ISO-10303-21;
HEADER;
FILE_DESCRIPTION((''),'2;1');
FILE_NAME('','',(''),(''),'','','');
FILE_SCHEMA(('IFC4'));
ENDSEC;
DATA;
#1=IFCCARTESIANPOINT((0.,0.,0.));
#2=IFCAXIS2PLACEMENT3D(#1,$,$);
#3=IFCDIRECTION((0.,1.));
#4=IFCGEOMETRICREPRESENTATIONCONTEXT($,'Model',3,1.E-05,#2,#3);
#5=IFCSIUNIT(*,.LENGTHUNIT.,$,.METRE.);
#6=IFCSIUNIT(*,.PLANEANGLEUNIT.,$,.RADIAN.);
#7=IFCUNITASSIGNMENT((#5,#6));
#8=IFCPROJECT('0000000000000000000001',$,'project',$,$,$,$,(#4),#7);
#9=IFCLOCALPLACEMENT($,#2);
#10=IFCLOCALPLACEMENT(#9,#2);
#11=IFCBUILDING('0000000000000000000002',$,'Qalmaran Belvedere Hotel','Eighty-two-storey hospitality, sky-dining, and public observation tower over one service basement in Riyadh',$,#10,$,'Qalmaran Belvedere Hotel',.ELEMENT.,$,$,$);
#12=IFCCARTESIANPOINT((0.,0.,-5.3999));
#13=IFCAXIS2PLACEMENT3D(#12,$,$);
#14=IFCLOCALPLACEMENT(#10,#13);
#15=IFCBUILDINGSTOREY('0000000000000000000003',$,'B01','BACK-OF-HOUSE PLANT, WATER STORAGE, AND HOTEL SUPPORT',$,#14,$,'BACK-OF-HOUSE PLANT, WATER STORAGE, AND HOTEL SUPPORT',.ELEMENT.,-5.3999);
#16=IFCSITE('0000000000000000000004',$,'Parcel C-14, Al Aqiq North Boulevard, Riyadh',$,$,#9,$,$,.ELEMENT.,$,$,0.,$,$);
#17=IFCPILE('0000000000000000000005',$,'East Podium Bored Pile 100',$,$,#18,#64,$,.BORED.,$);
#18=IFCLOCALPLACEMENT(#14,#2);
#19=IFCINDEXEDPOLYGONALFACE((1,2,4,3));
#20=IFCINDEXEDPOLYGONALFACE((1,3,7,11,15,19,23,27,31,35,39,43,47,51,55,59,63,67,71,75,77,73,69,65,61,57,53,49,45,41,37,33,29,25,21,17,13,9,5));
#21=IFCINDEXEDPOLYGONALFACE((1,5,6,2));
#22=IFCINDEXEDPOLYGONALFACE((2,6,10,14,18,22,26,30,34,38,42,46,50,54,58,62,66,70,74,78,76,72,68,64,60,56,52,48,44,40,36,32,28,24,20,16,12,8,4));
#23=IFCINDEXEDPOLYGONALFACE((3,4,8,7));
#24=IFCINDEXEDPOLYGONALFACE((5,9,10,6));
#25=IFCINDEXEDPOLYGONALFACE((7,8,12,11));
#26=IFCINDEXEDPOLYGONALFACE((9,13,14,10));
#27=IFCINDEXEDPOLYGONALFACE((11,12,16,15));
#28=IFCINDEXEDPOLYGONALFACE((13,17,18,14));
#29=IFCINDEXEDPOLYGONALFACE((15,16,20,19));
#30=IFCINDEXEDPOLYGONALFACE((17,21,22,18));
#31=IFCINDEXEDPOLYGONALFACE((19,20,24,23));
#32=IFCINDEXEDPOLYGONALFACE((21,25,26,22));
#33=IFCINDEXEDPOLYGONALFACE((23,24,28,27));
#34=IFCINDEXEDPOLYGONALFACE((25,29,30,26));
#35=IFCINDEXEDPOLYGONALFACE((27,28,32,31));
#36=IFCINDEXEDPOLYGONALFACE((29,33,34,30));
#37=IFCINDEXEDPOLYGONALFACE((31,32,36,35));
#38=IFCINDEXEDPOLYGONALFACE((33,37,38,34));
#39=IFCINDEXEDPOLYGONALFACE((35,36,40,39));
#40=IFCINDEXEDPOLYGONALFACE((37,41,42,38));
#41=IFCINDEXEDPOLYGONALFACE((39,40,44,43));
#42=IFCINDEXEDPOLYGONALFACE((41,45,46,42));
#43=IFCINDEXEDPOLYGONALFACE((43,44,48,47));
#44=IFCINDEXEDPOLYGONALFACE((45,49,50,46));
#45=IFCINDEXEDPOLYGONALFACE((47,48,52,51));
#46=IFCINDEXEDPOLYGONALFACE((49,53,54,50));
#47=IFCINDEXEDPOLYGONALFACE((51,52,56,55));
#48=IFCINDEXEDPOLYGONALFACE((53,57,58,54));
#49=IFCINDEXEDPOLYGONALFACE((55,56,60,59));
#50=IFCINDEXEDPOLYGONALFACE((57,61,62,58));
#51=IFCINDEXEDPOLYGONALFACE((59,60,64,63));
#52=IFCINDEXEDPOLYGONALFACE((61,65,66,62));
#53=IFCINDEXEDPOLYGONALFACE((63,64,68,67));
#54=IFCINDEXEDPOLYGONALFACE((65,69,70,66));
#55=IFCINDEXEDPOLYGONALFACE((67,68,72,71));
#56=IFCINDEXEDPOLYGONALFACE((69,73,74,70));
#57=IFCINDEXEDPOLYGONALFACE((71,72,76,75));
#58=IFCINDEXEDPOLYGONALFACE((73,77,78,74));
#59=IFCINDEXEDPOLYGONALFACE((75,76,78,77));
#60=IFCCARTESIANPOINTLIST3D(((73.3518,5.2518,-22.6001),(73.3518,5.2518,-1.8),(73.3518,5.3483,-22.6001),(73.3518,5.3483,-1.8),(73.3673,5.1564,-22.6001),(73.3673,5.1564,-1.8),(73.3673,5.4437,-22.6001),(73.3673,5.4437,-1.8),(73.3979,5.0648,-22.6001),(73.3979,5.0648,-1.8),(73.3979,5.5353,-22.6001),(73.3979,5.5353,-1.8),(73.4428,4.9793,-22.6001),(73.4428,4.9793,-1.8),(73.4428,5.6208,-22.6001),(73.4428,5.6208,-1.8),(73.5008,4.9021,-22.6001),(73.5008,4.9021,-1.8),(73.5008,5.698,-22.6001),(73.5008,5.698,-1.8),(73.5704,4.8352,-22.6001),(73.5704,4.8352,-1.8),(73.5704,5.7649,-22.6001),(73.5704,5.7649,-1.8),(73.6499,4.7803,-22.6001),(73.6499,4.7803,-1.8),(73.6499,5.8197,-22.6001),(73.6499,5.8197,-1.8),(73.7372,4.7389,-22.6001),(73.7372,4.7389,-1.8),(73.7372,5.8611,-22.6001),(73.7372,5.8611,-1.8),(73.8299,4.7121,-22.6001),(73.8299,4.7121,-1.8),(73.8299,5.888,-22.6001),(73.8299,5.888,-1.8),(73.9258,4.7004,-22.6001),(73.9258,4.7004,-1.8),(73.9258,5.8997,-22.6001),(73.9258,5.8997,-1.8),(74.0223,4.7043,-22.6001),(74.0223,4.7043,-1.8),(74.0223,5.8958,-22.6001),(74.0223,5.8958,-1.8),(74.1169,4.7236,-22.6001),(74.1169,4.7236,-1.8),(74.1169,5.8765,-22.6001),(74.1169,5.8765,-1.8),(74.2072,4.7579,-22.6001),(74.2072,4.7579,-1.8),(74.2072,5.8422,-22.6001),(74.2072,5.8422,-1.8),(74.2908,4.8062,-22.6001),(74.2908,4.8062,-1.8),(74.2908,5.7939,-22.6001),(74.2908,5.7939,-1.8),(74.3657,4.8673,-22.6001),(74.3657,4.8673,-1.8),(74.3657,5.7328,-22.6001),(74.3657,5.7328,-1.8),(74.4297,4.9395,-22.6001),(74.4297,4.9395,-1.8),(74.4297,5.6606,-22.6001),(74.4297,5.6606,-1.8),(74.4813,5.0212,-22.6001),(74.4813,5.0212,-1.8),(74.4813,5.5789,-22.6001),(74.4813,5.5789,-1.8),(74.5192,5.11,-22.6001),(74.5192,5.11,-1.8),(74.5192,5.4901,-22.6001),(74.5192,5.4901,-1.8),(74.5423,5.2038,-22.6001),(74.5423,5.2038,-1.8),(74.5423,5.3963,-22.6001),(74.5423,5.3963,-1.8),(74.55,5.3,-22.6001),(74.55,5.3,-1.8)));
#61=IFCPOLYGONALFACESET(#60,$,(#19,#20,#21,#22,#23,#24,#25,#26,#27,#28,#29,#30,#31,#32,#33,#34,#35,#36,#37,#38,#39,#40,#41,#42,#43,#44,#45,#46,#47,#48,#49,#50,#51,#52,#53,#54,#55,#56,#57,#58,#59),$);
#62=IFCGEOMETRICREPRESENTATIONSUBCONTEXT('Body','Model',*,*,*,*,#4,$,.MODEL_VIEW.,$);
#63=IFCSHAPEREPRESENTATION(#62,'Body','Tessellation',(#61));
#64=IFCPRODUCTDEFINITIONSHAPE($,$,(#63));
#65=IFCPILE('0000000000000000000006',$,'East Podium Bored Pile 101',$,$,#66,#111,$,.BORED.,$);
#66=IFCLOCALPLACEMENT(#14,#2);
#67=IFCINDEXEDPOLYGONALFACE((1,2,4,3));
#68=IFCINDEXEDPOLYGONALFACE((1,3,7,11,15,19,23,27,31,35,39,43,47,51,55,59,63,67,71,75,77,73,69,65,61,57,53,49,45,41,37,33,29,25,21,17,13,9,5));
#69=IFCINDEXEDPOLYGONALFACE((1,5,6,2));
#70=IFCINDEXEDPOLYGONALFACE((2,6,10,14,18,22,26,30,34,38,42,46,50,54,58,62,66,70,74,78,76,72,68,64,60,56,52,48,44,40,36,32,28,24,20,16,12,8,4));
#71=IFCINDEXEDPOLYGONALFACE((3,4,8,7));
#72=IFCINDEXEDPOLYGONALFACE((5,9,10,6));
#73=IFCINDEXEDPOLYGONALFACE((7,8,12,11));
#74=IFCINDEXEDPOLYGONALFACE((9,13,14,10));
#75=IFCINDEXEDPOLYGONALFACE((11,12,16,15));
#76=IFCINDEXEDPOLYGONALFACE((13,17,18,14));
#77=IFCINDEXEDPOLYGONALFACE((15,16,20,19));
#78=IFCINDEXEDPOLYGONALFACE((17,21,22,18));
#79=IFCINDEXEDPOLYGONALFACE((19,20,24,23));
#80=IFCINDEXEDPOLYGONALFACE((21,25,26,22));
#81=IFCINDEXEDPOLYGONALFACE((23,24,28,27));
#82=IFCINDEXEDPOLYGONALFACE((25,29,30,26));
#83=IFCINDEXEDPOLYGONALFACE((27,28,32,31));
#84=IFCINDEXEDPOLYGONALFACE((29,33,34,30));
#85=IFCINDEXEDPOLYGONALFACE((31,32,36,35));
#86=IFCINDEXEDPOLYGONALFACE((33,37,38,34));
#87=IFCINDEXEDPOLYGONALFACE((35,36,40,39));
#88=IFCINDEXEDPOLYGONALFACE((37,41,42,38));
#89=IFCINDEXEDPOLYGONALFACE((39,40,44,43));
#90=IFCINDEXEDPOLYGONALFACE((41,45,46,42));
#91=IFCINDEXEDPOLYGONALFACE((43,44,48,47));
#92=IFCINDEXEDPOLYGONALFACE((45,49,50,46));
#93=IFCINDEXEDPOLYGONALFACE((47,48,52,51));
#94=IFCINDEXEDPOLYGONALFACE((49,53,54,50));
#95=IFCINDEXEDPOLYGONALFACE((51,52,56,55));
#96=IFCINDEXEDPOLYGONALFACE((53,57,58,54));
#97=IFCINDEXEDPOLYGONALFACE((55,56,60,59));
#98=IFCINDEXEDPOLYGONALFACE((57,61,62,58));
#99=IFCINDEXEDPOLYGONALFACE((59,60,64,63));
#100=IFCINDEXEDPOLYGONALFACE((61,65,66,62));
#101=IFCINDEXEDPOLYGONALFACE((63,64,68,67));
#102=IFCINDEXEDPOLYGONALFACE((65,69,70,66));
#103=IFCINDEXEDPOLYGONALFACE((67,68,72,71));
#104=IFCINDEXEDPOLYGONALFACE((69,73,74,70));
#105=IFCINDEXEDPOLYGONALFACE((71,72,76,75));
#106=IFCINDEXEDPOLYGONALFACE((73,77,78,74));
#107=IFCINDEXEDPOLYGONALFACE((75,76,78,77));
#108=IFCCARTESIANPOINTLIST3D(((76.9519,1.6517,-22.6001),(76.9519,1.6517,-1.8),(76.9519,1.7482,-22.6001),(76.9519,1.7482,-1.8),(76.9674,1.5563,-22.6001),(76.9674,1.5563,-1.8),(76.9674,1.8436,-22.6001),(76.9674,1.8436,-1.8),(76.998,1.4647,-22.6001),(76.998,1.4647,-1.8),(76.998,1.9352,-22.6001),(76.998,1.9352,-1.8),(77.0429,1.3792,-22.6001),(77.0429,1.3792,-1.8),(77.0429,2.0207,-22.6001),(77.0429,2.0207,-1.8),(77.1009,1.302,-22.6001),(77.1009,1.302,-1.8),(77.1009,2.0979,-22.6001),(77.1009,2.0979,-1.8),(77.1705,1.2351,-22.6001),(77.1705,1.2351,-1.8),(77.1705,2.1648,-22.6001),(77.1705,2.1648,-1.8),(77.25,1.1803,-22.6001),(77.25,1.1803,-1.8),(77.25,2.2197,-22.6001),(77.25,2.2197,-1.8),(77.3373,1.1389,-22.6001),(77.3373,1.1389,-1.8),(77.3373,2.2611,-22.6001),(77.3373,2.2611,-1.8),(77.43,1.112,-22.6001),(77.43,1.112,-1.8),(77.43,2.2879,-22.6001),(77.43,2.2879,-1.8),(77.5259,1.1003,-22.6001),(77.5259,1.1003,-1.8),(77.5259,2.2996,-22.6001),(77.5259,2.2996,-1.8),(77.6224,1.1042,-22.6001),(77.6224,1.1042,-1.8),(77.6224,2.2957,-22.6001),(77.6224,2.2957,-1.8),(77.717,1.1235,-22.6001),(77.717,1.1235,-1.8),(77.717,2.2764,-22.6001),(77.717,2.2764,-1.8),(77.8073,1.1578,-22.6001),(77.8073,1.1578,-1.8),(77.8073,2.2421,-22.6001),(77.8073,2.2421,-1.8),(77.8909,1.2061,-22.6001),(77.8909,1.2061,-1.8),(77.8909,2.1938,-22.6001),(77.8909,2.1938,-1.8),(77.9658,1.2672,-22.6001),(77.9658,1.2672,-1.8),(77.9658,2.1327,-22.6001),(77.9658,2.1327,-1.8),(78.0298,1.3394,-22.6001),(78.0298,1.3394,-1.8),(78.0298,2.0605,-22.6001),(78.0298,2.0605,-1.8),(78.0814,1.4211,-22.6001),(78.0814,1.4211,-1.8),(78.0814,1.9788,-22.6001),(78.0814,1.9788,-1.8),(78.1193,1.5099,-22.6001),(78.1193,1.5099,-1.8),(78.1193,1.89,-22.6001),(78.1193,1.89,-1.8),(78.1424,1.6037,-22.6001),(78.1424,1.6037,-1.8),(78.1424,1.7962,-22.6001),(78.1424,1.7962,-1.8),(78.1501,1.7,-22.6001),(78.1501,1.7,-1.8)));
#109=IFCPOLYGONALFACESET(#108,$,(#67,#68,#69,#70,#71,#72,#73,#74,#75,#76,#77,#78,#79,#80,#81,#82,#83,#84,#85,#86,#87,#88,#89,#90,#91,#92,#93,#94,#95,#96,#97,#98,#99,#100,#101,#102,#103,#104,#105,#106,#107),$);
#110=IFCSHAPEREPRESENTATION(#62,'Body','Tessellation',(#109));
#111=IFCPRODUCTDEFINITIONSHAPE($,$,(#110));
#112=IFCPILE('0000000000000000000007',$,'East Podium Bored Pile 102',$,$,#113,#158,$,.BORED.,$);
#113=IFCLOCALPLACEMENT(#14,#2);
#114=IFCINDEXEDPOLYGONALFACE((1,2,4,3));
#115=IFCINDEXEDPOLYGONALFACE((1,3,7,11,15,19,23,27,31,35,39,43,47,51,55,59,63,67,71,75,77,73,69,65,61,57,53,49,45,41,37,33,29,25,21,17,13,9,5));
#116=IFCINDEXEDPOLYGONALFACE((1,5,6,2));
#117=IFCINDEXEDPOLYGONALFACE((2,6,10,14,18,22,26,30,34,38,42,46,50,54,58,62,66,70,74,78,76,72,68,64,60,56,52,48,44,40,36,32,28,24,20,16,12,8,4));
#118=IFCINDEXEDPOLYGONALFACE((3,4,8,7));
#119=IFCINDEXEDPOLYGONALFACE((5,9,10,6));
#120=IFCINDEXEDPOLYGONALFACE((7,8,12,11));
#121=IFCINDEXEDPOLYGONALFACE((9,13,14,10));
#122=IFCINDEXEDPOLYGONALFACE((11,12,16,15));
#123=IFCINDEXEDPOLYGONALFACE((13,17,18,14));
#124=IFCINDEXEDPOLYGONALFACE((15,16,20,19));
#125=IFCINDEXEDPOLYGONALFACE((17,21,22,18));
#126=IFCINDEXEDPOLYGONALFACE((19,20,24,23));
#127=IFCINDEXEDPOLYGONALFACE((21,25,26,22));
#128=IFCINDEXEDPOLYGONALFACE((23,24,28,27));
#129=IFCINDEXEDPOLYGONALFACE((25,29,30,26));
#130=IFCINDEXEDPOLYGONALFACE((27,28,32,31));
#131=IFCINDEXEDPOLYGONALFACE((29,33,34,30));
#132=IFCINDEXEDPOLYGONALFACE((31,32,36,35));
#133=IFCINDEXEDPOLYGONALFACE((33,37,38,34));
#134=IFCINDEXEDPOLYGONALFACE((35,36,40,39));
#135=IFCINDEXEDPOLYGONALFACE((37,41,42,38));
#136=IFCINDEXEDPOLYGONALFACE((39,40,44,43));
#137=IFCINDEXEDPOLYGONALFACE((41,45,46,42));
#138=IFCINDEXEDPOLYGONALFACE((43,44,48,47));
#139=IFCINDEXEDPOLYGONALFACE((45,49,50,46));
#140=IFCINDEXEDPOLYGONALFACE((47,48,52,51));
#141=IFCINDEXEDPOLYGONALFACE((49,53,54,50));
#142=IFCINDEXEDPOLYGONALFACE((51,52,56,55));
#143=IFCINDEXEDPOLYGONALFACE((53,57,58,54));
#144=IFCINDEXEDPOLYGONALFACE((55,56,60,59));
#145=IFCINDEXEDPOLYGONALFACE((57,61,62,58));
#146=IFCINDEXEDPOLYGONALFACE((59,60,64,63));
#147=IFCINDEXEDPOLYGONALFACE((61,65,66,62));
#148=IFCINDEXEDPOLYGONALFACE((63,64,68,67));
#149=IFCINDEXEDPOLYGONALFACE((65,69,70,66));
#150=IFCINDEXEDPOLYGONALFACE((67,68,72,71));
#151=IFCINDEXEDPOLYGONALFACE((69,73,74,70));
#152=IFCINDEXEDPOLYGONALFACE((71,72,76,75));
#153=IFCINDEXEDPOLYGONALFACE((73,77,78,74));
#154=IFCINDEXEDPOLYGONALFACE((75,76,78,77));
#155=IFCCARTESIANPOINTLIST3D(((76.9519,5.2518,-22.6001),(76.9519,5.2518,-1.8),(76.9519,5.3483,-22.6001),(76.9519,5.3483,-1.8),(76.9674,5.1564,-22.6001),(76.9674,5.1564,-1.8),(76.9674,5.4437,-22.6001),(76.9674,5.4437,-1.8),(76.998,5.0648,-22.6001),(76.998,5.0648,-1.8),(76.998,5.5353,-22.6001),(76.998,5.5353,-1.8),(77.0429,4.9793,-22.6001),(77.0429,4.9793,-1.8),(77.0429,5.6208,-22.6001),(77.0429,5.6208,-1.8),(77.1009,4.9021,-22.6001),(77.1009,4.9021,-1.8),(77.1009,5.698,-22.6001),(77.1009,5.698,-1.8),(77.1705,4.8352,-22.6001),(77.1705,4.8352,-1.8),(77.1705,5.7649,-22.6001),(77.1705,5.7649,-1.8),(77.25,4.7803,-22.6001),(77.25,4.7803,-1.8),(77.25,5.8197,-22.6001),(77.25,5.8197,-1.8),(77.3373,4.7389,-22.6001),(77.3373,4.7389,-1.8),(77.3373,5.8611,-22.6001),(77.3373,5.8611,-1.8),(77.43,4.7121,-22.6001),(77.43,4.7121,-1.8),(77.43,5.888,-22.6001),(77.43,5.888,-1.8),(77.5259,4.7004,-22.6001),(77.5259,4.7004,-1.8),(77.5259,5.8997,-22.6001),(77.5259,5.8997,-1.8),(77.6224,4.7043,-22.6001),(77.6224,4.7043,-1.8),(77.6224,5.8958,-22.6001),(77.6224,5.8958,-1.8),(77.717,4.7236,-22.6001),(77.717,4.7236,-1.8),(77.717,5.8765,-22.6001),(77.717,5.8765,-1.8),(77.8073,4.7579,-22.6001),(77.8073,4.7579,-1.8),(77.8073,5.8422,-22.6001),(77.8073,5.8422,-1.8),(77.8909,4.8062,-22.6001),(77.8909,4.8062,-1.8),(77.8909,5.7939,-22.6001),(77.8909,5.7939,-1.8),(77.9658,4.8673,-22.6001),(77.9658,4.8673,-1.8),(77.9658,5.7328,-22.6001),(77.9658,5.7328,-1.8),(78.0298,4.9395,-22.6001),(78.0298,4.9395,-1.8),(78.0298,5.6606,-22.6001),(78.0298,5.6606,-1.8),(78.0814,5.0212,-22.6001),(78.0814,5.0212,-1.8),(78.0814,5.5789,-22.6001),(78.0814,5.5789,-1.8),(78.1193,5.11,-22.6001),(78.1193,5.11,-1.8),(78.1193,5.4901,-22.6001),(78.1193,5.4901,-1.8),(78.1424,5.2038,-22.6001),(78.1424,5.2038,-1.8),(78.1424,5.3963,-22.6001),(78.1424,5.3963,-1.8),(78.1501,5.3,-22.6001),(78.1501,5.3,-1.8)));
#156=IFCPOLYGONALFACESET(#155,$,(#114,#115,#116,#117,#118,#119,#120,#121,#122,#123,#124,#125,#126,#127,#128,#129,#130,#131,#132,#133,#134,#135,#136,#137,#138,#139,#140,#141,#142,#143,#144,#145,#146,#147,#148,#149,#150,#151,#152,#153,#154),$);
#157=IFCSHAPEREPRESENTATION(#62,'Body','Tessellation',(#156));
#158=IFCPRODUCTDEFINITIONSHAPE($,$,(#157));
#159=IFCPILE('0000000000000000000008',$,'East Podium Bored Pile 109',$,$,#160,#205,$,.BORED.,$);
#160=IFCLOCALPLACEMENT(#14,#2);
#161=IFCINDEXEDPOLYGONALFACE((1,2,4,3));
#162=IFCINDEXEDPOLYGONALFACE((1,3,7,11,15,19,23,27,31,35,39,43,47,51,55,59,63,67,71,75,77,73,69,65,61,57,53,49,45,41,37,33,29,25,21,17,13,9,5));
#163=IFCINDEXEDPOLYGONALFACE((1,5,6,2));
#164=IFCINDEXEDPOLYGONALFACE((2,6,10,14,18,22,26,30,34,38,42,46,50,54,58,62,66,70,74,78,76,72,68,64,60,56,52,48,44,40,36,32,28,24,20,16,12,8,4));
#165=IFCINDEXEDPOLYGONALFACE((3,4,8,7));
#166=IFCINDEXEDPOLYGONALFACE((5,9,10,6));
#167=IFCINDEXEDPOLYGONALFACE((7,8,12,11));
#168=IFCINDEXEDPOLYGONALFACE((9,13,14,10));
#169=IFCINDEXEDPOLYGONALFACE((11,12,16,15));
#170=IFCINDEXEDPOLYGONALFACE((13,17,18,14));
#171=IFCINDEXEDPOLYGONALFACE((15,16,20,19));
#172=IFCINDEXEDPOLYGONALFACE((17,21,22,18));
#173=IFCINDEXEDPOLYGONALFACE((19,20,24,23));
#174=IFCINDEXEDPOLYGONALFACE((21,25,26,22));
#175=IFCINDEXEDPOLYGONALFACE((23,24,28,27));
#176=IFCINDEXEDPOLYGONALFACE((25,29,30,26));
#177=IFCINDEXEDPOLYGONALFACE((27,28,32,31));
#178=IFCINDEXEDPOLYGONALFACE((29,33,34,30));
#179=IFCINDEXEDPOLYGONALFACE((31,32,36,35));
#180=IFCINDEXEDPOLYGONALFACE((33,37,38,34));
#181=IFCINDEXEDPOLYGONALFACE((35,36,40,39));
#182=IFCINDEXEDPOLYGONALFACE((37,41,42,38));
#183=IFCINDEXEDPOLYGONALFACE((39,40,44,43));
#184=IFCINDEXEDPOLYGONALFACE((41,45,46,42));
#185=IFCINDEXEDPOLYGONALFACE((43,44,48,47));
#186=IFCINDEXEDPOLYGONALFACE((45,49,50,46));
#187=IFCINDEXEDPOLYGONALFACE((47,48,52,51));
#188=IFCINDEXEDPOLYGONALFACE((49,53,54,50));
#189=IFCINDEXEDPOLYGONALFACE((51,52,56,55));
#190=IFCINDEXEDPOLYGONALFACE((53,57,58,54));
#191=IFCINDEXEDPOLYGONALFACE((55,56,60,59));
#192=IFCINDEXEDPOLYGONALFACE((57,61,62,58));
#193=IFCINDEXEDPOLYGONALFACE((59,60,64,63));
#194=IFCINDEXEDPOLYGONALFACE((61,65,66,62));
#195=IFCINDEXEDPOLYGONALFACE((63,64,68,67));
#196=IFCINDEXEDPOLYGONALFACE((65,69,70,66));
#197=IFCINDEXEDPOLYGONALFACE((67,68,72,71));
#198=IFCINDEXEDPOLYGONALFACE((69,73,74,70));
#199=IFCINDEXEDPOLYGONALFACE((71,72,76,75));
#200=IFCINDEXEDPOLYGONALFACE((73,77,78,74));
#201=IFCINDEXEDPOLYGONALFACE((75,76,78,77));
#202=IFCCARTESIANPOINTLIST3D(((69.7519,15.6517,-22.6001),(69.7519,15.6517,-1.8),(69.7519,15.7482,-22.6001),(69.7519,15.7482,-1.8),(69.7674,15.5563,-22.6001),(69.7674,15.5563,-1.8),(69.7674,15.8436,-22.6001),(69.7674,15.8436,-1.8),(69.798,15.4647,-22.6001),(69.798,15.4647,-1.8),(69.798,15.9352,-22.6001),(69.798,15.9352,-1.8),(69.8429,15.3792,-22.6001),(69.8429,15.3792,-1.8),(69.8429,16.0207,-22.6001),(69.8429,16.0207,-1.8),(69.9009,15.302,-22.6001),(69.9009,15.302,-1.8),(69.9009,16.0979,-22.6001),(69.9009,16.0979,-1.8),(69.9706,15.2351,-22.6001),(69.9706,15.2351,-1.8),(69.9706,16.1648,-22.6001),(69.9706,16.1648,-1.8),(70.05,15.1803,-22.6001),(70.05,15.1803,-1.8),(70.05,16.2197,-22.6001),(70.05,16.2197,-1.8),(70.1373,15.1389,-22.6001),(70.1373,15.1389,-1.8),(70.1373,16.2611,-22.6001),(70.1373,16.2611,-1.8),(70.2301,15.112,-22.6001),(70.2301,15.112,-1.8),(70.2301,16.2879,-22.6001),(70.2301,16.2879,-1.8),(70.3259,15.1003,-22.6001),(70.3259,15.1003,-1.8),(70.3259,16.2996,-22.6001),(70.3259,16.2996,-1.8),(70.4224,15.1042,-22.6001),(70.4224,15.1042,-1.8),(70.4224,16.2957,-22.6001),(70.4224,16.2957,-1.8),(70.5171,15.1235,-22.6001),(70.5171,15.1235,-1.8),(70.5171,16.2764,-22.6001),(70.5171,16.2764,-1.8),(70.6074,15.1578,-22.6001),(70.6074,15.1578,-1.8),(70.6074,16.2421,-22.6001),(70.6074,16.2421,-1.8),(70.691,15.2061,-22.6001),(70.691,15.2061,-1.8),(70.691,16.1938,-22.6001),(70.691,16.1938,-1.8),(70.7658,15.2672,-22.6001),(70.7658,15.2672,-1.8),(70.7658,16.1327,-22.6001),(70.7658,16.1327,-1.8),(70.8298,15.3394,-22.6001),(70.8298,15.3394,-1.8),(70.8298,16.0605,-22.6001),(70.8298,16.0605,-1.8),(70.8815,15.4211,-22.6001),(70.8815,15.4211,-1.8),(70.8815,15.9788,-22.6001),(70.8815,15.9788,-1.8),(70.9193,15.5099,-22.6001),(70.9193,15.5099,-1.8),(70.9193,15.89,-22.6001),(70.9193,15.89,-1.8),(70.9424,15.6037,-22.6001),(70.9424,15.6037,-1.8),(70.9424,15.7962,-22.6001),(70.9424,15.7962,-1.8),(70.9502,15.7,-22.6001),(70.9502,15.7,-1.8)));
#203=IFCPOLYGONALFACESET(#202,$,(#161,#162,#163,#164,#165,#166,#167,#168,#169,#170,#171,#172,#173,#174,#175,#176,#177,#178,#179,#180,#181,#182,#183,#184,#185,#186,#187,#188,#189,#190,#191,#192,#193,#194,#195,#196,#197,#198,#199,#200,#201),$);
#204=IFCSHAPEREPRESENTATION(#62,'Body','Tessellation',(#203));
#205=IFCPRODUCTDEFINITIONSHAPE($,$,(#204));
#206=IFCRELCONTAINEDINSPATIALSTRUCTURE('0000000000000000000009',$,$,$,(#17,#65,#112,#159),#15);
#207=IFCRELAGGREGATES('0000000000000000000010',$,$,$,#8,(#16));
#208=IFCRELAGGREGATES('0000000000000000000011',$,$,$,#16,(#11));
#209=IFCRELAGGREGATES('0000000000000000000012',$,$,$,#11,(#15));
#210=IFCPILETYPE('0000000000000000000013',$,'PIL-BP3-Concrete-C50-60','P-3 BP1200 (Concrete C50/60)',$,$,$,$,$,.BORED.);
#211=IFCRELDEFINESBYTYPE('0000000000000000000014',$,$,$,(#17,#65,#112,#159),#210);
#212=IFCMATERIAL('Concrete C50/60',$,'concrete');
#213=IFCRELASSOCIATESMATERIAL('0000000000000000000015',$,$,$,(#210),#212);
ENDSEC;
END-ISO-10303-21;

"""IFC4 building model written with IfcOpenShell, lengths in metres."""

from ifc_helpers import new_model, si_unit, direction, frame, origin, origin_2d, place, context, subcontext, project, spatial, circle, extrude, material, material_profile, profile_set, type_object, element, save


model = new_model("IFC4")

# Units and contexts
model_context = context("Model", 3, precision=1e-05, world=origin(), true_north=direction((0.0, 1.0)))
body_context = subcontext(model_context, "Body", "Model", "MODEL_VIEW")
ifc_project = project(units=[si_unit("LENGTHUNIT", "METRE"), si_unit("PLANEANGLEUNIT", "RADIAN")], contexts=[model_context])

# Site, building, storey
site_placement = place(None, origin())
site = spatial("IfcSite", under=ifc_project, at=site_placement, Name="Parcel C-14, Al Aqiq North Boulevard, Riyadh", CompositionType="ELEMENT", RefElevation=0.0)
building_placement = place(site_placement, origin())
building = spatial("IfcBuilding", under=site, at=building_placement, Name="Qalmaran Belvedere Hotel", Description="Eighty-two-storey hospitality, sky-dining, and public observation tower over one service basement in Riyadh", LongName="Qalmaran Belvedere Hotel", CompositionType="ELEMENT")
storey_placement = place(building_placement, frame((0.0, 0.0, -5.3999)))
storey = spatial("IfcBuildingStorey", under=building, at=storey_placement, Name="B01", Description="BACK-OF-HOUSE PLANT, WATER STORAGE, AND HOTEL SUPPORT", LongName="BACK-OF-HOUSE PLANT, WATER STORAGE, AND HOTEL SUPPORT", CompositionType="ELEMENT", Elevation=-5.3999)

# Shared definitions
ifc_material_1 = material(Name="Concrete C50/60", Category="concrete")

# Piles
ifc_material_profile_1 = material_profile(ifc_material_1, circle(Radius=0.6001, at=origin_2d()), Name="BP1200")
ifc_profile_set_1 = profile_set([ifc_material_profile_1], Name="Concrete C50/60")
pile_type = type_object("IfcPileType", Name="PIL-BP3-Concrete-C50-60", Description="P-3 BP1200 (Concrete C50/60)", PredefinedType="BORED", material=ifc_profile_set_1)
for number, where, z_axis, x_axis, name in (
    (1, (73.95, 5.3, -1.8), (0.0, 0.0, -1.0), (1.0, 0.0, 0.0), "East Podium Bored Pile 100"),
    (2, (77.55, 1.7, -1.8), (0.0, 0.0, -1.0), (1.0, 0.0, 0.0), "East Podium Bored Pile 101"),
    (3, (77.55, 5.3, -1.8), (0.0, 0.0, -1.0), (1.0, 0.0, 0.0), "East Podium Bored Pile 102"),
    (4, (70.3501, 15.7, -1.8), (0.0, 0.0, -1.0), (1.0, 0.0, 0.0), "East Podium Bored Pile 109"),
):
    element("IfcPile", number, at=place(storey_placement, frame(where, z_axis=z_axis, x_axis=x_axis)), inside=storey, type_object=pile_type, Name=name, PredefinedType="BORED", context=body_context, shape_type="SweptSolid", body=[
        extrude(circle(Radius=0.6001, at=origin_2d()), origin(), (0.0, 0.0, 1.0), 20.8),
    ])

save(model, "model.ifc")
